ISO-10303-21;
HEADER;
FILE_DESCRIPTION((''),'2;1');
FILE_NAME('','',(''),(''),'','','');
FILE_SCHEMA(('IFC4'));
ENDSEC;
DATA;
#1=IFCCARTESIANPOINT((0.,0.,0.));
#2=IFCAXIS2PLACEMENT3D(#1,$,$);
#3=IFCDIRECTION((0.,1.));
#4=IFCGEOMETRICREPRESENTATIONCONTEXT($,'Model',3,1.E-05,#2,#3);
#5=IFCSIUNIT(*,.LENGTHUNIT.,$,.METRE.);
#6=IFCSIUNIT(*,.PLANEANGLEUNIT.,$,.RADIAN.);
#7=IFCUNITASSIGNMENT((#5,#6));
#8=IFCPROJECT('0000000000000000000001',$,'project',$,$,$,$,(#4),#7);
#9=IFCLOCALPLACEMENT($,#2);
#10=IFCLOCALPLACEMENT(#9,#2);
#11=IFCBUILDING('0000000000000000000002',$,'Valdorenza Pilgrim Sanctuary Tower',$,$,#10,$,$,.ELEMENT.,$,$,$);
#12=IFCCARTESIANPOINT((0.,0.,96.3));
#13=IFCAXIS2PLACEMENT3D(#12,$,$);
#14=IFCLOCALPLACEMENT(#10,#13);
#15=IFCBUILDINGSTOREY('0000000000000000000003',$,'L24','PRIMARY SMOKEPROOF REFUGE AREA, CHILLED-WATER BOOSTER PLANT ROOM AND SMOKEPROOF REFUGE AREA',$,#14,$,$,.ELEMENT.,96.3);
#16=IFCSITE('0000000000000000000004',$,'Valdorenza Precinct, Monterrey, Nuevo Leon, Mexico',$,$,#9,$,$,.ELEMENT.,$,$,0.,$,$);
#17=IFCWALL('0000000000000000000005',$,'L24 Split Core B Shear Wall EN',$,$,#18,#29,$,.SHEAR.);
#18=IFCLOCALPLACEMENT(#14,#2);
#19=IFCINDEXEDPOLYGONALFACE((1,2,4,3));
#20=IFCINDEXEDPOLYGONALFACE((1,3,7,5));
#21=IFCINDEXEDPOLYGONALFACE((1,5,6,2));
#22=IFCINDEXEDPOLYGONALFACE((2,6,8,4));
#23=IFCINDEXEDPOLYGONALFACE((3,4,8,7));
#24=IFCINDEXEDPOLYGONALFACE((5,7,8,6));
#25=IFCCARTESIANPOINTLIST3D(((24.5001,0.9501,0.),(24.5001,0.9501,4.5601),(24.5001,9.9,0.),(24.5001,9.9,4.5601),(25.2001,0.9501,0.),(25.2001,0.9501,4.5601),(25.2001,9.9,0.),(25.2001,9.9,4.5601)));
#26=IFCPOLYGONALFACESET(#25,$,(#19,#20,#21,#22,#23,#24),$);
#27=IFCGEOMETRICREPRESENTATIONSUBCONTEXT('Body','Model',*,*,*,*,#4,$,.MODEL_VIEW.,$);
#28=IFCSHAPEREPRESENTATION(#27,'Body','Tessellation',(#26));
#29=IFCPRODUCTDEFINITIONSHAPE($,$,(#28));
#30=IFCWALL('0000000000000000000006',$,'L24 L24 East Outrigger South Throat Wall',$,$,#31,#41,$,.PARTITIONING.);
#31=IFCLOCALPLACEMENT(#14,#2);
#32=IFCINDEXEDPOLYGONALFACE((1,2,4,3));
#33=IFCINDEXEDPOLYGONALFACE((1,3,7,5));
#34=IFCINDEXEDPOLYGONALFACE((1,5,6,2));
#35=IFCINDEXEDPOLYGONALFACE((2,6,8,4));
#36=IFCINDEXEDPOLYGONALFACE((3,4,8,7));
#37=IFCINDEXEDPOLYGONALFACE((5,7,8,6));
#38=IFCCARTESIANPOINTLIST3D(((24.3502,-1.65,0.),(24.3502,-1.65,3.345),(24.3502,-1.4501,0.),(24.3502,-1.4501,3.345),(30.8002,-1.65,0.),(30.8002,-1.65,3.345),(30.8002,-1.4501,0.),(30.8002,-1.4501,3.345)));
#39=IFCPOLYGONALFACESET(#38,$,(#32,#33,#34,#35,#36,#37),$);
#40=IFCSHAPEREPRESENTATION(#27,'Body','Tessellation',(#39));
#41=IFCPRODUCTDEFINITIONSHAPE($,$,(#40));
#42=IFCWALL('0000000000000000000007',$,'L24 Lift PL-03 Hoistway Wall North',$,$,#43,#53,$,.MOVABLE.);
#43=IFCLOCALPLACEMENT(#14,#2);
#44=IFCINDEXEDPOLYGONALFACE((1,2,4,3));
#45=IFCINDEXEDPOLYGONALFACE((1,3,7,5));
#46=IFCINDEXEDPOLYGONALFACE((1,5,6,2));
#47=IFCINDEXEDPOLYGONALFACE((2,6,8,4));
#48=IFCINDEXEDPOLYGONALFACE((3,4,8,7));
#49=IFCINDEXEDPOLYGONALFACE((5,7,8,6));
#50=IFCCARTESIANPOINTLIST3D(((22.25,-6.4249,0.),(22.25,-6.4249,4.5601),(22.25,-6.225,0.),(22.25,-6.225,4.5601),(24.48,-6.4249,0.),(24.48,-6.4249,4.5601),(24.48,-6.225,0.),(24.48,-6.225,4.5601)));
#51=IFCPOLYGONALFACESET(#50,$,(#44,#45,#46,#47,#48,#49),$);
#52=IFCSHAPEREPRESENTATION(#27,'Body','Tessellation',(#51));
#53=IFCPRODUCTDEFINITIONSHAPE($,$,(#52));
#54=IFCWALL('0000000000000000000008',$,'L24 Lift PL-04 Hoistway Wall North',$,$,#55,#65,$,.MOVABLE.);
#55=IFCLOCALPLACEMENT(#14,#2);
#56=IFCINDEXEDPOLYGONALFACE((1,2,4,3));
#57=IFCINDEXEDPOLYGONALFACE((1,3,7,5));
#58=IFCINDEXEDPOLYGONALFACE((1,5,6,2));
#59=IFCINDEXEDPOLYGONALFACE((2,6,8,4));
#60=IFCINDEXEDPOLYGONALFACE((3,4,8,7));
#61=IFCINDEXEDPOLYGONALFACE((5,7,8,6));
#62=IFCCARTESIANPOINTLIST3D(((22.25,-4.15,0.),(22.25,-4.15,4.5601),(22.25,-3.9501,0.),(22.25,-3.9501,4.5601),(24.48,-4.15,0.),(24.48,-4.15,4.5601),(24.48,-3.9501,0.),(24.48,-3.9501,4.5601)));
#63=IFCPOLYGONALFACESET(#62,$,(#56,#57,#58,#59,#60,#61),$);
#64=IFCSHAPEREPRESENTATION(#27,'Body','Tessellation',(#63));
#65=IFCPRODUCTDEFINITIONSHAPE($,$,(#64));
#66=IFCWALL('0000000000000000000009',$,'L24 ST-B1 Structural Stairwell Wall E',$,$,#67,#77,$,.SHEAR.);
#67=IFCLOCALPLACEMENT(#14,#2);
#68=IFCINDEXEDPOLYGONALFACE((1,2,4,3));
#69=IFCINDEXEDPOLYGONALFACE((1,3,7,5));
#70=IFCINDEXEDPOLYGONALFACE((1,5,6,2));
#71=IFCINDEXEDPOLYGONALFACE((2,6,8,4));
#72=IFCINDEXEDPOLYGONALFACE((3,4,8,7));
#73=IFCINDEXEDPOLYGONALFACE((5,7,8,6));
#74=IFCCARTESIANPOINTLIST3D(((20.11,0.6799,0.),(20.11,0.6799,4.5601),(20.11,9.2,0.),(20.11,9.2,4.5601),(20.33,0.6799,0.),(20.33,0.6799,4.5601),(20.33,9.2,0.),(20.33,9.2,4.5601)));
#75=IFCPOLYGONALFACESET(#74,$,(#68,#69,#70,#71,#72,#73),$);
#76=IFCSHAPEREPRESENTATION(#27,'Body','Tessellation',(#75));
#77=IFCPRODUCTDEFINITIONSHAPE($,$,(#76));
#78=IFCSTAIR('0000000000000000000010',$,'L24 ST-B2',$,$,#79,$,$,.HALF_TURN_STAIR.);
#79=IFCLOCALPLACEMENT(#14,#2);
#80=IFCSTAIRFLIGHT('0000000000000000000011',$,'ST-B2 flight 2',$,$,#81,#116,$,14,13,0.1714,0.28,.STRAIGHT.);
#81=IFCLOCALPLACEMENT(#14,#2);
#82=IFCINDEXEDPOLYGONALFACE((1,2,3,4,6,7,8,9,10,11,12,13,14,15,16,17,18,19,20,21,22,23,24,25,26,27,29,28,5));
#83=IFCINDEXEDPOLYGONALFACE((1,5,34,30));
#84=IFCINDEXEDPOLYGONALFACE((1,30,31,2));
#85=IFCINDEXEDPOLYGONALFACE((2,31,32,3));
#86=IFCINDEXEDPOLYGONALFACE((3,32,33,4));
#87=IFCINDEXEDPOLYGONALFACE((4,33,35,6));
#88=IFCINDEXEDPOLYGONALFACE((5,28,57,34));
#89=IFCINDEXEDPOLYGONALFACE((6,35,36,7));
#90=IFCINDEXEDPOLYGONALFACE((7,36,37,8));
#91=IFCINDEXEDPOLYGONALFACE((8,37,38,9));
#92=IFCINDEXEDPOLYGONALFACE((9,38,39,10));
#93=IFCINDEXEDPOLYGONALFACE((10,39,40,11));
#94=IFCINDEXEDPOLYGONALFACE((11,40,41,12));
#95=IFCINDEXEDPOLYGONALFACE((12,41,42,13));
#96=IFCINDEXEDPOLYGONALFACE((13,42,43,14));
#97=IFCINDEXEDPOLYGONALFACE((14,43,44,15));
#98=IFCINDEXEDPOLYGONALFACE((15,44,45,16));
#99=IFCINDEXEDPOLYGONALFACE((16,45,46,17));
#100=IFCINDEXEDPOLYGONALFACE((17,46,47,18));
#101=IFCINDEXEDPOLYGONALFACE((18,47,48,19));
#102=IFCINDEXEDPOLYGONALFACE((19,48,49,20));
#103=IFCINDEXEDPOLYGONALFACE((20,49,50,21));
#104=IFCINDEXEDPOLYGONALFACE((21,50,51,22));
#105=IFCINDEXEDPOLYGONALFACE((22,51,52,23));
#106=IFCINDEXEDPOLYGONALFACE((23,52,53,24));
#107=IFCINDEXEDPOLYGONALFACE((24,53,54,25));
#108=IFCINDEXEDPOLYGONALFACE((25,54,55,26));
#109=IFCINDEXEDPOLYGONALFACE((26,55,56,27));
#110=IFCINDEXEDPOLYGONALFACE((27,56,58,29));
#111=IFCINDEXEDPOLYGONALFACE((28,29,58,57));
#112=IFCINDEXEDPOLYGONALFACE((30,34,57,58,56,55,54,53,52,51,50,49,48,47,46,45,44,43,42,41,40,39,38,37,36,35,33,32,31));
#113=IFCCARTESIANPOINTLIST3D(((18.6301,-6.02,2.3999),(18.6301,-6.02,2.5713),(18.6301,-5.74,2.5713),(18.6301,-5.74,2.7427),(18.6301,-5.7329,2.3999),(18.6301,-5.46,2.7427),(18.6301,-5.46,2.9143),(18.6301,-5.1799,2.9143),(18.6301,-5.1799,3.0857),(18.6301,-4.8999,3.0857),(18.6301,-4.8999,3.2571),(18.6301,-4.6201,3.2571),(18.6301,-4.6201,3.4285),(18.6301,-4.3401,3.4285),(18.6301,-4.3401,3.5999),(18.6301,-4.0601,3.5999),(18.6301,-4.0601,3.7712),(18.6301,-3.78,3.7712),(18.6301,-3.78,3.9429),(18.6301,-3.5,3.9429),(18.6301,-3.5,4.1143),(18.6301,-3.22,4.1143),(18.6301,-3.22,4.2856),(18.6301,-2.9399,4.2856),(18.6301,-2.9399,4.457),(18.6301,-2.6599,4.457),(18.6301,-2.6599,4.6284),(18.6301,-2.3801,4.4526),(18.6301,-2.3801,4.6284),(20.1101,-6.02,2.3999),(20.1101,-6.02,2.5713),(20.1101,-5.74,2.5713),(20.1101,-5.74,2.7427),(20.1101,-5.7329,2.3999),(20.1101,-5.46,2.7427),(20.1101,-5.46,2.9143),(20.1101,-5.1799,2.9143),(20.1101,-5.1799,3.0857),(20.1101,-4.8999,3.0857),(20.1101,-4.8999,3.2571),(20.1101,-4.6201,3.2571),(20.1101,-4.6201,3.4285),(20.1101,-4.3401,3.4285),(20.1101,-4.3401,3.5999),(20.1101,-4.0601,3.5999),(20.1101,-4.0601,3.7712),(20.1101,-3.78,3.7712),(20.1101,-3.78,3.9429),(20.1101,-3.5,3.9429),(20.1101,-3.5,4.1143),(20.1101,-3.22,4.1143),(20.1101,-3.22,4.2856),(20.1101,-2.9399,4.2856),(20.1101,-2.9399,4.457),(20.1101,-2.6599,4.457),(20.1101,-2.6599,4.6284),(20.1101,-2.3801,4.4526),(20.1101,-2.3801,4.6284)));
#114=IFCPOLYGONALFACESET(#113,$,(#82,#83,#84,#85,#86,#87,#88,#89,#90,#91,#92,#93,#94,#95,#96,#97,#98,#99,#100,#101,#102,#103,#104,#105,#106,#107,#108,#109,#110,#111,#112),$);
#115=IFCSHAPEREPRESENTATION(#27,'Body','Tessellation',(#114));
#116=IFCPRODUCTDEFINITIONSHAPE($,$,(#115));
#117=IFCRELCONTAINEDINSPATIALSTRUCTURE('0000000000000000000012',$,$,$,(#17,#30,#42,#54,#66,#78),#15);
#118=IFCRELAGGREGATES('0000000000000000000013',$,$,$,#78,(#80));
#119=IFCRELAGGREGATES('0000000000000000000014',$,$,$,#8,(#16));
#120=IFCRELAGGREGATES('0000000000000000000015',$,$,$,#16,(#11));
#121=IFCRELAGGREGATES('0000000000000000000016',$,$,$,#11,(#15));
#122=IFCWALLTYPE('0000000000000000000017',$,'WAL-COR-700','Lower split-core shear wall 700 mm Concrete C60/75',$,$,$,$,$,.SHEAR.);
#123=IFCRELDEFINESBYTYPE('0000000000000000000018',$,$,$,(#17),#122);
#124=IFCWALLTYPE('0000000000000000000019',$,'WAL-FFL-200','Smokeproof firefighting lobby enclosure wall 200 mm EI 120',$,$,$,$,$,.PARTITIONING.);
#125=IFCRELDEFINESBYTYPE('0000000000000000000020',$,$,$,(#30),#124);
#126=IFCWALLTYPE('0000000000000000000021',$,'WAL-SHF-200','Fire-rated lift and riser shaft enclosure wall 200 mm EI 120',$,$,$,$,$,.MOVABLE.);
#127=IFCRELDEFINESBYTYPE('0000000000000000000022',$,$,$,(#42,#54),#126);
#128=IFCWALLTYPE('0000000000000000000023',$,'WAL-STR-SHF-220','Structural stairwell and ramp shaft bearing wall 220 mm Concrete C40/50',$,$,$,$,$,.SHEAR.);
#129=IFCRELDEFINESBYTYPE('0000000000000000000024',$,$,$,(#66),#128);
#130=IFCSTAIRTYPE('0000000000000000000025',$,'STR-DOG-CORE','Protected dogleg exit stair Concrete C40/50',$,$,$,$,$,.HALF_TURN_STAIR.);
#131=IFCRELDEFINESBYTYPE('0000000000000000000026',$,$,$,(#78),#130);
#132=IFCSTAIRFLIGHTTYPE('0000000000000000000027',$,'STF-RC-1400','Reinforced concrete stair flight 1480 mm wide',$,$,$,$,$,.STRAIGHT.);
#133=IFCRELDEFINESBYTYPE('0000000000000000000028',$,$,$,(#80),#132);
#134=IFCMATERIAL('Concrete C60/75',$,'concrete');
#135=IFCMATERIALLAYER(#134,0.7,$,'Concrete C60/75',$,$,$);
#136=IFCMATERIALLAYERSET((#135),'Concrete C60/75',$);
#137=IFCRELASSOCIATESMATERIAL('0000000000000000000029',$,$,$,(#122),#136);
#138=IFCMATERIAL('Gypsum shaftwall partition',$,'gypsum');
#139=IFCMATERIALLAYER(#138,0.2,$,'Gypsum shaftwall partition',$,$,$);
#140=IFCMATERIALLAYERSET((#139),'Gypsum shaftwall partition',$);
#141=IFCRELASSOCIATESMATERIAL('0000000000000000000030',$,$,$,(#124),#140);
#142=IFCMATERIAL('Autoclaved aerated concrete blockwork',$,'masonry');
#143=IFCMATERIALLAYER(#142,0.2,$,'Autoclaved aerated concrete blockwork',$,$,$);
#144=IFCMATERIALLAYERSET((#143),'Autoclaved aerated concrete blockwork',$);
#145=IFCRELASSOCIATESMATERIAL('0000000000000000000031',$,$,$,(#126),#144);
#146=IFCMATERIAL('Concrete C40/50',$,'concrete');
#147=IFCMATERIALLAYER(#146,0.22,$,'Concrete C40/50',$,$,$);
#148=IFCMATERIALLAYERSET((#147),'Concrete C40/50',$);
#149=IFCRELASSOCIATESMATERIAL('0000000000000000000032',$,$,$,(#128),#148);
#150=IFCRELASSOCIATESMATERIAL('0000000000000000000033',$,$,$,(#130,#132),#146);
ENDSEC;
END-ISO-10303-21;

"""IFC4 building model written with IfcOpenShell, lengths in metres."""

from ifc_helpers import new_model, si_unit, direction, frame, frame_2d, origin, place, context, subcontext, project, spatial, polyline, rectangle, outline, extrude, material, layer, layer_set, type_object, element, aggregate, save


model = new_model("IFC4")

# Units and contexts
model_context = context("Model", 3, precision=1e-05, world=origin(), true_north=direction((0.0, 1.0)))
body_context = subcontext(model_context, "Body", "Model", "MODEL_VIEW")
ifc_project = project(units=[si_unit("LENGTHUNIT", "METRE"), si_unit("PLANEANGLEUNIT", "RADIAN")], contexts=[model_context])

# Site, building, storey
site_placement = place(None, origin())
site = spatial("IfcSite", under=ifc_project, at=site_placement, Name="Valdorenza Precinct, Monterrey, Nuevo Leon, Mexico", CompositionType="ELEMENT", RefElevation=0.0)
building_placement = place(site_placement, origin())
building = spatial("IfcBuilding", under=site, at=building_placement, Name="Valdorenza Pilgrim Sanctuary Tower", CompositionType="ELEMENT")
storey_placement = place(building_placement, frame((0.0, 0.0, 96.3)))
storey = spatial("IfcBuildingStorey", under=building, at=storey_placement, Name="L24", Description="PRIMARY SMOKEPROOF REFUGE AREA, CHILLED-WATER BOOSTER PLANT ROOM AND SMOKEPROOF REFUGE AREA", CompositionType="ELEMENT", Elevation=96.3)

# Shared definitions
ifc_material_1 = material(Name="Concrete C60/75", Category="concrete")

# Wall
ifc_layer_1 = layer(ifc_material_1, 0.7, Name="Concrete C60/75")
ifc_layer_set_1 = layer_set([ifc_layer_1], Name="Concrete C60/75")
wall_type_1 = type_object("IfcWallType", Name="WAL-COR-700", Description="Lower split-core shear wall 700 mm Concrete C60/75", PredefinedType="SHEAR", material=ifc_layer_set_1)
wall_1_placement = place(storey_placement, frame((24.8501, 0.95, 0.0), z_axis=(0.0, 0.0, 1.0), x_axis=(0.0, 1.0, 0.0)))
element("IfcWall", 1, at=wall_1_placement, inside=storey, type_object=wall_type_1, Name="L24 Split Core B Shear Wall EN", PredefinedType="SHEAR", context=body_context, shape_type="SweptSolid", body=[
    extrude(rectangle(XDim=8.95, YDim=0.7, at=frame_2d((4.4751, 0.0))), origin(), (0.0, 0.0, 1.0), 4.5601),
])

# Shared definitions
ifc_material_2 = material(Name="Gypsum shaftwall partition", Category="gypsum")
ifc_layer_2 = layer(ifc_material_2, 0.2, Name="Gypsum shaftwall partition")
ifc_layer_set_2 = layer_set([ifc_layer_2], Name="Gypsum shaftwall partition")
wall_type_2 = type_object("IfcWallType", Name="WAL-FFL-200", Description="Smokeproof firefighting lobby enclosure wall 200 mm EI 120", PredefinedType="PARTITIONING", material=ifc_layer_set_2)

# Walls
wall_2_placement = place(storey_placement, frame((24.3501, -1.55, 0.0), z_axis=(0.0, 0.0, 1.0), x_axis=(1.0, 0.0, 0.0)))
element("IfcWall", 2, at=wall_2_placement, inside=storey, type_object=wall_type_2, Name="L24 L24 East Outrigger South Throat Wall", PredefinedType="PARTITIONING", context=body_context, shape_type="SweptSolid", body=[
    extrude(rectangle(XDim=6.45, YDim=0.2, at=frame_2d((3.2251, 0.0))), origin(), (0.0, 0.0, 1.0), 3.345),
])
ifc_material_3 = material(Name="Autoclaved aerated concrete blockwork", Category="masonry")
ifc_layer_3 = layer(ifc_material_3, 0.2, Name="Autoclaved aerated concrete blockwork")
ifc_layer_set_3 = layer_set([ifc_layer_3], Name="Autoclaved aerated concrete blockwork")
wall_type_3 = type_object("IfcWallType", Name="WAL-SHF-200", Description="Fire-rated lift and riser shaft enclosure wall 200 mm EI 120", PredefinedType="MOVABLE", material=ifc_layer_set_3)
for number, where, z_axis, x_axis, name in (
    (3, (22.25, -6.325, 0.0), (0.0, 0.0, 1.0), (1.0, 0.0, 0.0), "L24 Lift PL-03 Hoistway Wall North"),
    (4, (22.25, -4.05, 0.0), (0.0, 0.0, 1.0), (1.0, 0.0, 0.0), "L24 Lift PL-04 Hoistway Wall North"),
):
    element("IfcWall", number, at=place(storey_placement, frame(where, z_axis=z_axis, x_axis=x_axis)), inside=storey, type_object=wall_type_3, Name=name, PredefinedType="MOVABLE", context=body_context, shape_type="SweptSolid", body=[
        extrude(rectangle(XDim=2.23, YDim=0.2, at=frame_2d((1.115, 0.0))), origin(), (0.0, 0.0, 1.0), 4.5601),
    ])
ifc_material_4 = material(Name="Concrete C40/50", Category="concrete")
ifc_layer_4 = layer(ifc_material_4, 0.22, Name="Concrete C40/50")
ifc_layer_set_4 = layer_set([ifc_layer_4], Name="Concrete C40/50")
wall_type_4 = type_object("IfcWallType", Name="WAL-STR-SHF-220", Description="Structural stairwell and ramp shaft bearing wall 220 mm Concrete C40/50", PredefinedType="SHEAR", material=ifc_layer_set_4)
wall_3_placement = place(storey_placement, frame((20.22, 0.6799, 0.0), z_axis=(0.0, 0.0, 1.0), x_axis=(0.0, 1.0, 0.0)))
element("IfcWall", 5, at=wall_3_placement, inside=storey, type_object=wall_type_4, Name="L24 ST-B1 Structural Stairwell Wall E", PredefinedType="SHEAR", context=body_context, shape_type="SweptSolid", body=[
    extrude(rectangle(XDim=8.52, YDim=0.22, at=frame_2d((4.26, 0.0))), origin(), (0.0, 0.0, 1.0), 4.5601),
])

# Stair, stair flight
stair_type = type_object("IfcStairType", Name="STR-DOG-CORE", Description="Protected dogleg exit stair Concrete C40/50", PredefinedType="HALF_TURN_STAIR", material=ifc_material_4)
stair_placement = place(storey_placement, origin())
stair = element("IfcStair", 6, at=stair_placement, inside=storey, type_object=stair_type, Name="L24 ST-B2", PredefinedType="HALF_TURN_STAIR")
stair_flight_type = type_object("IfcStairFlightType", Name="STF-RC-1400", Description="Reinforced concrete stair flight 1480 mm wide", PredefinedType="STRAIGHT", material=ifc_material_4)
stair_flight_placement = place(storey_placement, frame((19.3701, -6.02, 2.3999), z_axis=(0.0, 0.0, 1.0), x_axis=(0.0, 1.0, 0.0)))
stair_flight = element("IfcStairFlight", 7, at=stair_flight_placement, type_object=stair_flight_type, Name="ST-B2 flight 2", NumberOfRisers=14, NumberOfTreads=13, PredefinedType="STRAIGHT", RiserHeight=0.1714, TreadLength=0.28, context=body_context, shape_type="SweptSolid", body=[
    extrude(outline(polyline([(0.0, 0.0), (0.0, 0.1714), (0.28, 0.1714), (0.28, 0.3428), (0.5601, 0.3428), (0.5601, 0.5144), (0.8401, 0.5144), (0.8401, 0.6858), (1.1201, 0.6858), (1.1201, 0.8572), (1.3999, 0.8572), (1.3999, 1.0286), (1.6799, 1.0286), (1.6799, 1.2), (1.96, 1.2), (1.96, 1.3713), (2.24, 1.3713), (2.24, 1.543), (2.52, 1.543), (2.52, 1.7144), (2.8, 1.7144), (2.8, 1.8857), (3.0801, 1.8857), (3.0801, 2.0571), (3.3601, 2.0571), (3.3601, 2.2285), (3.6399, 2.2285), (3.6399, 2.3999), (3.6399, 2.0527), (0.2871, 0.0), (0.0, 0.0)])), frame((0.0, 0.74, 0.0), z_axis=(0.0, -1.0, 0.0), x_axis=(1.0, 0.0, 0.0)), (0.0, 0.0, 1.0), 1.48),
])
aggregate(stair, [stair_flight])

save(model, "model.ifc")
